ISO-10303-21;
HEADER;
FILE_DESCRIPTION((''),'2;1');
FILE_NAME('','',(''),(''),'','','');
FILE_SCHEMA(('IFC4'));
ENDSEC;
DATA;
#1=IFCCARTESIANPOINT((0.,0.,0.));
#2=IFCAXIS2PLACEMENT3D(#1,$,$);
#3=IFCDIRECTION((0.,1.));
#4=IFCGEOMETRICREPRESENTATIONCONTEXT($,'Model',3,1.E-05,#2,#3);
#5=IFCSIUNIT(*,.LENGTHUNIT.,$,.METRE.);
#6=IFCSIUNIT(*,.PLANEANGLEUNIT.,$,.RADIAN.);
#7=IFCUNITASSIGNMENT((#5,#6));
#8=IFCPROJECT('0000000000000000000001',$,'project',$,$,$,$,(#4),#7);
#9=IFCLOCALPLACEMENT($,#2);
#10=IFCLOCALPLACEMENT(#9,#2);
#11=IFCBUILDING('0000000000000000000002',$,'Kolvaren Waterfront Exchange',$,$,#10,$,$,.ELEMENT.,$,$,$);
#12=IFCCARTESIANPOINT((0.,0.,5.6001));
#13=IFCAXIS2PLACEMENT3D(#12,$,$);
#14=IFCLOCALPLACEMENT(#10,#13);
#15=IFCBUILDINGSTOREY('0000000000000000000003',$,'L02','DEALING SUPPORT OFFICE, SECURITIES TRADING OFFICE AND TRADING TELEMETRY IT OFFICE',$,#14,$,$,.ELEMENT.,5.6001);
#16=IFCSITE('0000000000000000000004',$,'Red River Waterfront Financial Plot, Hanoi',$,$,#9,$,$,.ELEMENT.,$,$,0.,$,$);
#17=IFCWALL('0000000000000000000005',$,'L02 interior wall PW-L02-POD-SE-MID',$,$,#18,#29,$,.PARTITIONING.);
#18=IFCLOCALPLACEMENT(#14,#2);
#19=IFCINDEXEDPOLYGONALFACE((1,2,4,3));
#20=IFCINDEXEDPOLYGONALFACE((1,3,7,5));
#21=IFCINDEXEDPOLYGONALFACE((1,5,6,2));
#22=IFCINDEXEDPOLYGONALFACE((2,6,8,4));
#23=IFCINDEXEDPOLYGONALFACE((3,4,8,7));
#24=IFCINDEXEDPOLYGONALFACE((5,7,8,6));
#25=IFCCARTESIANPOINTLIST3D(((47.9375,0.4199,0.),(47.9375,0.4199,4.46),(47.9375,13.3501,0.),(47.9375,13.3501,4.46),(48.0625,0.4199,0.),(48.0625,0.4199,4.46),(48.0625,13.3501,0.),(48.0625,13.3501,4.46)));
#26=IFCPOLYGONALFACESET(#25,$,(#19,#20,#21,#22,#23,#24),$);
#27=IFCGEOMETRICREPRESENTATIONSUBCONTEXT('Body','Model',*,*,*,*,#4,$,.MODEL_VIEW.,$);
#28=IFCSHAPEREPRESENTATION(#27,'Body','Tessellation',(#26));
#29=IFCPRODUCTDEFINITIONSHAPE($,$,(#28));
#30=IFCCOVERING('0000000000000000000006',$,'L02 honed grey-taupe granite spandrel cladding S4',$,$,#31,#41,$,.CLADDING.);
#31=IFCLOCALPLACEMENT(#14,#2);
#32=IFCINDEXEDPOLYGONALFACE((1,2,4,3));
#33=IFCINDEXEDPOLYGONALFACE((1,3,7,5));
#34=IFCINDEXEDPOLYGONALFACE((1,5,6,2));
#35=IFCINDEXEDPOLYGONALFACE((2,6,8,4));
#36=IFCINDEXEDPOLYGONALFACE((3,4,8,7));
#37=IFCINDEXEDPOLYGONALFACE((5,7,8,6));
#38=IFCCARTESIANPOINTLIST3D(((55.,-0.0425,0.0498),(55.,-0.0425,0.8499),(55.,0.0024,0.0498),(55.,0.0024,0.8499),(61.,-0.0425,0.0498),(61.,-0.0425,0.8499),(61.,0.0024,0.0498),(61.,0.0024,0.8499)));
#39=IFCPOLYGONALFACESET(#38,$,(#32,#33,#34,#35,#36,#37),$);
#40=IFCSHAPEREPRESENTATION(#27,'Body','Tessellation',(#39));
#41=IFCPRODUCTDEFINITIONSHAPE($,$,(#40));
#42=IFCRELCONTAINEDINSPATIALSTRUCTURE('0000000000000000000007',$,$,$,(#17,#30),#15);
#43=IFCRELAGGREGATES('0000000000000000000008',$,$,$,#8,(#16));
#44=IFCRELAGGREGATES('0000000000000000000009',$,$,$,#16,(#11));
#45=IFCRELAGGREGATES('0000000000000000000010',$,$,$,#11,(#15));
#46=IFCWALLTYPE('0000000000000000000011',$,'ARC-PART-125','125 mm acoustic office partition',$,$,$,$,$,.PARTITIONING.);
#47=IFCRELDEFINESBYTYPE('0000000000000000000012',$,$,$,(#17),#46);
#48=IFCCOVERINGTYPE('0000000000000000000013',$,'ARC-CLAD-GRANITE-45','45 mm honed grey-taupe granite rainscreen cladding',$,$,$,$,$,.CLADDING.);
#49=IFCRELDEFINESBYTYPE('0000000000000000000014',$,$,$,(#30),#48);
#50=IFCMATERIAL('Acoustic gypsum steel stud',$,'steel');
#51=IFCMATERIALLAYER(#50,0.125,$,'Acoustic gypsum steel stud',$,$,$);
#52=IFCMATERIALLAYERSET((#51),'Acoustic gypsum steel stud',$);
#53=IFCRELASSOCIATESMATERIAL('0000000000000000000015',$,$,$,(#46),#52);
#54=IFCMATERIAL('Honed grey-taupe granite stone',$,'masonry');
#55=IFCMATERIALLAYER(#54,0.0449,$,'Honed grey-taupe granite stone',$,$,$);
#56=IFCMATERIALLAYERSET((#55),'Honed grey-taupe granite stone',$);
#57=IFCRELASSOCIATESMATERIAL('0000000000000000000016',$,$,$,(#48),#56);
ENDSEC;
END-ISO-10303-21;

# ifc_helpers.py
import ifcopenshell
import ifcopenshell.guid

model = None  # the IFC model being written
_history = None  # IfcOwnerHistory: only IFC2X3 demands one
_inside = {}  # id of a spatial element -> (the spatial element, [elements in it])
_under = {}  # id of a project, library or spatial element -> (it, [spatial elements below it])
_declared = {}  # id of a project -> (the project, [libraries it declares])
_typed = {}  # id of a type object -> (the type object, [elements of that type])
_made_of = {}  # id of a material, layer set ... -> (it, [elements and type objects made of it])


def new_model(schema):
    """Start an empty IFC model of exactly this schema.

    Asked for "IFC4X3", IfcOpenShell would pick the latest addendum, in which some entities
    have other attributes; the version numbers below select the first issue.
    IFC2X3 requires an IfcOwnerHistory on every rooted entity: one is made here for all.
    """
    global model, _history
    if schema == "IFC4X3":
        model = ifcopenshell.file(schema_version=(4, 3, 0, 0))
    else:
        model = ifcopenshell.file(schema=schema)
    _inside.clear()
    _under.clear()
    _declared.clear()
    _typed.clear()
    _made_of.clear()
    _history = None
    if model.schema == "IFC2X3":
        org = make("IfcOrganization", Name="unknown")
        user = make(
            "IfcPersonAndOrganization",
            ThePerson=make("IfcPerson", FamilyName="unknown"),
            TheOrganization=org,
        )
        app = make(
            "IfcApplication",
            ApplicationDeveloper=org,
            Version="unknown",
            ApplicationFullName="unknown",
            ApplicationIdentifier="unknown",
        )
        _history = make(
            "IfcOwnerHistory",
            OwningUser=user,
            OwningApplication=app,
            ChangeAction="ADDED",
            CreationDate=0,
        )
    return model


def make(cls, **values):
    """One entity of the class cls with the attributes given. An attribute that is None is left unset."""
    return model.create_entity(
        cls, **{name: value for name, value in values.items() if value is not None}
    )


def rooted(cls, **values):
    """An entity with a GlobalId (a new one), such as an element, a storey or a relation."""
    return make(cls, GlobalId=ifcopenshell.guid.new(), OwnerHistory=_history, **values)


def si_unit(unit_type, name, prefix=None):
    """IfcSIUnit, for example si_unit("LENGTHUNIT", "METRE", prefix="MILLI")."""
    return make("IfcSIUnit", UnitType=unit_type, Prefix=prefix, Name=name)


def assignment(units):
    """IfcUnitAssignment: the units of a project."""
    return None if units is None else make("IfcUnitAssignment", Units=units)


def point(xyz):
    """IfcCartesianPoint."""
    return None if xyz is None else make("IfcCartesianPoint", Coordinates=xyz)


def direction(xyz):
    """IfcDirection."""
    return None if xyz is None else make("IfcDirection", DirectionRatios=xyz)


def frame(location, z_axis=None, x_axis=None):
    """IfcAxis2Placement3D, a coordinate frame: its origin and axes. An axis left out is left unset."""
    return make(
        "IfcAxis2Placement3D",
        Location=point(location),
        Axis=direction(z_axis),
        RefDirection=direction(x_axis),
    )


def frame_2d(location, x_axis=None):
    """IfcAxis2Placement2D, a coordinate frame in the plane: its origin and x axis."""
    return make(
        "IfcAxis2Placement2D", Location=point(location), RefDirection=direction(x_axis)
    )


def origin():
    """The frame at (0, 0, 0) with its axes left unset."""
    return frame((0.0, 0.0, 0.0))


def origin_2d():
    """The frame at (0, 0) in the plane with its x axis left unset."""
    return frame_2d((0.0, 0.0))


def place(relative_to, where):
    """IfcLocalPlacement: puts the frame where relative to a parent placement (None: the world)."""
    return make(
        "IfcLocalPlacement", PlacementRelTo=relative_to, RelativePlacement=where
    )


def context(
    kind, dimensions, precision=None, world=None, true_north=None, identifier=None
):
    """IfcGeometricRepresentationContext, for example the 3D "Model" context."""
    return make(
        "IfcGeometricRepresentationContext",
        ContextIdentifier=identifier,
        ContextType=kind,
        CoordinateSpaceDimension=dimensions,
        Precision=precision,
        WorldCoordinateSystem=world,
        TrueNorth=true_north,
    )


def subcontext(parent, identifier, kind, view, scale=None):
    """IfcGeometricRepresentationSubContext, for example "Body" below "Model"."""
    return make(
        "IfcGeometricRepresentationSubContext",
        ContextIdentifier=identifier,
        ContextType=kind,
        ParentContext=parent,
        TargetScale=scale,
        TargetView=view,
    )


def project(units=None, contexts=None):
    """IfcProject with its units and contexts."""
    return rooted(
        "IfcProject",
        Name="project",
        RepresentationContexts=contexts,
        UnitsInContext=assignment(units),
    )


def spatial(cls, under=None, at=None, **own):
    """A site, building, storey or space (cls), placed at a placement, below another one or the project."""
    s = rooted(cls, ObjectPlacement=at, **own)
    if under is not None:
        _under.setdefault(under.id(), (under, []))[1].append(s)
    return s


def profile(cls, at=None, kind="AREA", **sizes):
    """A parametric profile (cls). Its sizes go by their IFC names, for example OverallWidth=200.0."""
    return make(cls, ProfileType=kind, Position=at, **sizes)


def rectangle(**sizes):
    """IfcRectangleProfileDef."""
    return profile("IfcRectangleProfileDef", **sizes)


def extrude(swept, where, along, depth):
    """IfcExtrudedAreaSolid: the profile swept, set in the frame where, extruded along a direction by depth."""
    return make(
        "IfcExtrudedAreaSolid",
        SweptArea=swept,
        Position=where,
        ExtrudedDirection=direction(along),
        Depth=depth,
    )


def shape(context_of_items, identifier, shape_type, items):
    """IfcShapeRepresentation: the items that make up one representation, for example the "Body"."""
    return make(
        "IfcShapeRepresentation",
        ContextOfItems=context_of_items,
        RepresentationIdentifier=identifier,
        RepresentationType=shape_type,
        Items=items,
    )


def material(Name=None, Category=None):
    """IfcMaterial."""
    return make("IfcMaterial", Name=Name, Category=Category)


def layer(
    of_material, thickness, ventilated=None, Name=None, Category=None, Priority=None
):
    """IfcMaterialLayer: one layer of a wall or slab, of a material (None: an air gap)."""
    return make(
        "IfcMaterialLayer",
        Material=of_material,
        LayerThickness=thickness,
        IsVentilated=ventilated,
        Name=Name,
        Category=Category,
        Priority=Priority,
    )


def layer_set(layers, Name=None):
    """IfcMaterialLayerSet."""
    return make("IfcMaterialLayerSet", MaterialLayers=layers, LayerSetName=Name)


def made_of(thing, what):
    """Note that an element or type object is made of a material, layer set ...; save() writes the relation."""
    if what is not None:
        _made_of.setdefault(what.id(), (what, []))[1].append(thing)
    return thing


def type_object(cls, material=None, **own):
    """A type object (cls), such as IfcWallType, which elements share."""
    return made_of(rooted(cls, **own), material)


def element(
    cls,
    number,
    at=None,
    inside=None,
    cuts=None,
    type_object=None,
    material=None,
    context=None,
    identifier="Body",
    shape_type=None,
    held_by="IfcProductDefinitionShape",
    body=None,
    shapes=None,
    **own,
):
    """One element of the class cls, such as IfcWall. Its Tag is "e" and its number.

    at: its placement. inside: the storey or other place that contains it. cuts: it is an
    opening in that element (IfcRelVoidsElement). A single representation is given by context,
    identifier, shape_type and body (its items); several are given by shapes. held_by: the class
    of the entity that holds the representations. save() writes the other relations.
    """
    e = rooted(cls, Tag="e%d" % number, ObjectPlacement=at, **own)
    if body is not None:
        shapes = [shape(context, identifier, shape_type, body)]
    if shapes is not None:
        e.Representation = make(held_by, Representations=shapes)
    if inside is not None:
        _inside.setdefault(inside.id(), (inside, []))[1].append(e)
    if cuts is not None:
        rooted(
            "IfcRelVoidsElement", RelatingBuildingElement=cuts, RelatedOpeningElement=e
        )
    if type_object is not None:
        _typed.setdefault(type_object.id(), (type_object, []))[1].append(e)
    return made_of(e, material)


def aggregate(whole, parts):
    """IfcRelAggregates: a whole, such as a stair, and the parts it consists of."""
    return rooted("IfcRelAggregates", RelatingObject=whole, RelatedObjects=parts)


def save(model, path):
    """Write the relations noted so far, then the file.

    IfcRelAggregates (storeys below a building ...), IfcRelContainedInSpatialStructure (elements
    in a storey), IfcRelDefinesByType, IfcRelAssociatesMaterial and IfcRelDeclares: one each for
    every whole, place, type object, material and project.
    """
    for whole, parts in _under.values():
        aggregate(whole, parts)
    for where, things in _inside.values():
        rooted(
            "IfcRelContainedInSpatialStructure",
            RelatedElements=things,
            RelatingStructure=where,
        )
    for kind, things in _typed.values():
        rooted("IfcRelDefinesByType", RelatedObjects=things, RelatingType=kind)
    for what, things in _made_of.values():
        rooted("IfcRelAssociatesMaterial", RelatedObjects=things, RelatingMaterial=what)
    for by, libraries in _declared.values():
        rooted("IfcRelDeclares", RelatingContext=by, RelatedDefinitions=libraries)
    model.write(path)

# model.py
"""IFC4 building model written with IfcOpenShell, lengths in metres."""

from ifc_helpers import new_model, si_unit, direction, frame, frame_2d, origin, origin_2d, place, context, subcontext, project, spatial, rectangle, extrude, material, layer, layer_set, type_object, element, save


model = new_model("IFC4")

# Units and contexts
model_context = context("Model", 3, precision=1e-05, world=origin(), true_north=direction((0.0, 1.0)))
body_context = subcontext(model_context, "Body", "Model", "MODEL_VIEW")
ifc_project = project(units=[si_unit("LENGTHUNIT", "METRE"), si_unit("PLANEANGLEUNIT", "RADIAN")], contexts=[model_context])

# Site, building, storey
site_placement = place(None, origin())
site = spatial("IfcSite", under=ifc_project, at=site_placement, Name="Red River Waterfront Financial Plot, Hanoi", CompositionType="ELEMENT", RefElevation=0.0)
building_placement = place(site_placement, origin())
building = spatial("IfcBuilding", under=site, at=building_placement, Name="Kolvaren Waterfront Exchange", CompositionType="ELEMENT")
storey_placement = place(building_placement, frame((0.0, 0.0, 5.6001)))
storey = spatial("IfcBuildingStorey", under=building, at=storey_placement, Name="L02", Description="DEALING SUPPORT OFFICE, SECURITIES TRADING OFFICE AND TRADING TELEMETRY IT OFFICE", CompositionType="ELEMENT", Elevation=5.6001)

# Wall
ifc_material_1 = material(Name="Acoustic gypsum steel stud", Category="steel")
ifc_layer_1 = layer(ifc_material_1, 0.125, Name="Acoustic gypsum steel stud")
ifc_layer_set_1 = layer_set([ifc_layer_1], Name="Acoustic gypsum steel stud")
wall_type = type_object("IfcWallType", Name="ARC-PART-125", Description="125 mm acoustic office partition", PredefinedType="PARTITIONING", material=ifc_layer_set_1)
wall_placement = place(storey_placement, frame((48.0, 0.4199, 0.0), z_axis=(0.0, 0.0, 1.0), x_axis=(0.0, 1.0, 0.0)))
element("IfcWall", 1, at=wall_placement, inside=storey, type_object=wall_type, Name="L02 interior wall PW-L02-POD-SE-MID", PredefinedType="PARTITIONING", context=body_context, shape_type="SweptSolid", body=[
    extrude(rectangle(XDim=12.9302, YDim=0.125, at=frame_2d((6.4651, 0.0))), origin(), (0.0, 0.0, 1.0), 4.46),
])

# Covering
ifc_material_2 = material(Name="Honed grey-taupe granite stone", Category="masonry")
ifc_layer_2 = layer(ifc_material_2, 0.0449, Name="Honed grey-taupe granite stone")
ifc_layer_set_2 = layer_set([ifc_layer_2], Name="Honed grey-taupe granite stone")
covering_type = type_object("IfcCoveringType", Name="ARC-CLAD-GRANITE-45", Description="45 mm honed grey-taupe granite rainscreen cladding", PredefinedType="CLADDING", material=ifc_layer_set_2)
covering_placement = place(storey_placement, frame((58.0, -0.02, 0.0498), z_axis=(0.0, 0.0, 1.0), x_axis=(1.0, 0.0, 0.0)))
element("IfcCovering", 2, at=covering_placement, inside=storey, type_object=covering_type, Name="L02 honed grey-taupe granite spandrel cladding S4", PredefinedType="CLADDING", context=body_context, shape_type="SweptSolid", body=[
    extrude(rectangle(XDim=6.0, YDim=0.0449, at=origin_2d()), origin(), (0.0, 0.0, 1.0), 0.8),
])

save(model, "model.ifc")
